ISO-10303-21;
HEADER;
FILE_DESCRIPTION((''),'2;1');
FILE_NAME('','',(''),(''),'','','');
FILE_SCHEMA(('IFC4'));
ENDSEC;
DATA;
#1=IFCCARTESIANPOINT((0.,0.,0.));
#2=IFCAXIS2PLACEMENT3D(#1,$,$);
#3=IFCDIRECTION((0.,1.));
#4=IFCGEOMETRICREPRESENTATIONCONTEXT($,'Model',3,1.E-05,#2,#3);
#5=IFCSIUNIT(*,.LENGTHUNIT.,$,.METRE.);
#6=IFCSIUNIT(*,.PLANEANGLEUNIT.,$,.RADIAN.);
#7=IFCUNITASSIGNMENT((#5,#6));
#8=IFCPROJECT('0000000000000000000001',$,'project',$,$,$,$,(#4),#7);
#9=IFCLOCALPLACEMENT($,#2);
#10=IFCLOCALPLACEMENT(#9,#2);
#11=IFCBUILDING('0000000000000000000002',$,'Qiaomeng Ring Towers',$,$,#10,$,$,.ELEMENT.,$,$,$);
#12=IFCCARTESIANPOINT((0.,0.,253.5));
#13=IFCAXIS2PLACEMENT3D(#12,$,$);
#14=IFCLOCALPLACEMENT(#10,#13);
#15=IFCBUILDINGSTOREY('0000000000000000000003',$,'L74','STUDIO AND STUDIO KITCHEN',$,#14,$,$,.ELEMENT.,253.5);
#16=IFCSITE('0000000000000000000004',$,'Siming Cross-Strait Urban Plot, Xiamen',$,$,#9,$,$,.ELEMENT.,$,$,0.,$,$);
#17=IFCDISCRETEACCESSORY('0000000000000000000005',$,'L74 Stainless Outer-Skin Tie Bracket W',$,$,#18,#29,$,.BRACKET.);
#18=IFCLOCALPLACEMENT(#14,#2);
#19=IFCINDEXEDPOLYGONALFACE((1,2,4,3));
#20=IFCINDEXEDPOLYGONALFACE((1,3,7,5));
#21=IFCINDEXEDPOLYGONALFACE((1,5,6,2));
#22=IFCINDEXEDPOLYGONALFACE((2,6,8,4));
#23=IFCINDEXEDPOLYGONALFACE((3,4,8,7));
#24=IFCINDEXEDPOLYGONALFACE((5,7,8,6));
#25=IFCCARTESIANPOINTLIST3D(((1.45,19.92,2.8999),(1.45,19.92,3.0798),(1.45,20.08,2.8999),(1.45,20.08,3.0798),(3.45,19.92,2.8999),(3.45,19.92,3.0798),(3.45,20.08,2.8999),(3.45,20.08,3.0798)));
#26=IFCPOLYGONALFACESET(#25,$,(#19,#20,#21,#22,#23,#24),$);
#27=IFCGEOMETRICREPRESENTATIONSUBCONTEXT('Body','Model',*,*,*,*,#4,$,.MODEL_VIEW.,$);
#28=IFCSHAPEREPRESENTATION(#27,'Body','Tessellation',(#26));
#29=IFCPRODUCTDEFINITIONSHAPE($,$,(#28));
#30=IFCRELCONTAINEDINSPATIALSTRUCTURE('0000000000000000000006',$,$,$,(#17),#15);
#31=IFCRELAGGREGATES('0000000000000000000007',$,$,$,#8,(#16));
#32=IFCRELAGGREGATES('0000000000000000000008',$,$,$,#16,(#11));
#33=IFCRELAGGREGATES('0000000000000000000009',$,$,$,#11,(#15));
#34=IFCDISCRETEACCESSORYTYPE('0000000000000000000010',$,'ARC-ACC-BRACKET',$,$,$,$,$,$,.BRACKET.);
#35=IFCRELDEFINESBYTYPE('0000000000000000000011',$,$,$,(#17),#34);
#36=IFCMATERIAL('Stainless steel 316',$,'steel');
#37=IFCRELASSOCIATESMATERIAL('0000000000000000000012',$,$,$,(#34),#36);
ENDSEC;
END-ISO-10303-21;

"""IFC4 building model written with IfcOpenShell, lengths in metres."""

from ifc_helpers import new_model, si_unit, direction, frame, origin, origin_2d, place, context, subcontext, project, spatial, rectangle, extrude, source, transform, mapped, material, type_object, element, save


model = new_model("IFC4")

# Units and contexts
model_context = context("Model", 3, precision=1e-05, world=origin(), true_north=direction((0.0, 1.0)))
body_context = subcontext(model_context, "Body", "Model", "MODEL_VIEW")
ifc_project = project(units=[si_unit("LENGTHUNIT", "METRE"), si_unit("PLANEANGLEUNIT", "RADIAN")], contexts=[model_context])

# Site, building, storey
site_placement = place(None, origin())
site = spatial("IfcSite", under=ifc_project, at=site_placement, Name="Siming Cross-Strait Urban Plot, Xiamen", CompositionType="ELEMENT", RefElevation=0.0)
building_placement = place(site_placement, origin())
building = spatial("IfcBuilding", under=site, at=building_placement, Name="Qiaomeng Ring Towers", CompositionType="ELEMENT")
storey_placement = place(building_placement, frame((0.0, 0.0, 253.5)))
storey = spatial("IfcBuildingStorey", under=building, at=storey_placement, Name="L74", Description="STUDIO AND STUDIO KITCHEN", CompositionType="ELEMENT", Elevation=253.5)

# Shared definitions
ifc_material_1 = material(Name="Stainless steel 316", Category="steel")

# Discrete accessory
discrete_accessory_type = type_object("IfcDiscreteAccessoryType", Name="ARC-ACC-BRACKET", PredefinedType="BRACKET", material=ifc_material_1)
shared_shape_1 = source(origin(), body_context, "Body", "SweptSolid", [
    extrude(rectangle(XDim=2.0, YDim=0.1599, at=origin_2d()), origin(), (0.0, 0.0, 1.0), 0.1799),
])
discrete_accessory_placement = place(storey_placement, frame((2.45, 20.0, 2.8999), z_axis=(0.0, 0.0, 1.0), x_axis=(1.0, 0.0, 0.0)))
element("IfcDiscreteAccessory", 1, at=discrete_accessory_placement, inside=storey, type_object=discrete_accessory_type, Name="L74 Stainless Outer-Skin Tie Bracket W", PredefinedType="BRACKET", context=body_context, shape_type="MappedRepresentation", body=[
    mapped(shared_shape_1, transform((0.0, 0.0, 0.0), x_axis=(1.0, 0.0, 0.0), y_axis=(0.0, 1.0, 0.0), z_axis=(0.0, 0.0, 1.0), scale=1.0)),
])

save(model, "model.ifc")
